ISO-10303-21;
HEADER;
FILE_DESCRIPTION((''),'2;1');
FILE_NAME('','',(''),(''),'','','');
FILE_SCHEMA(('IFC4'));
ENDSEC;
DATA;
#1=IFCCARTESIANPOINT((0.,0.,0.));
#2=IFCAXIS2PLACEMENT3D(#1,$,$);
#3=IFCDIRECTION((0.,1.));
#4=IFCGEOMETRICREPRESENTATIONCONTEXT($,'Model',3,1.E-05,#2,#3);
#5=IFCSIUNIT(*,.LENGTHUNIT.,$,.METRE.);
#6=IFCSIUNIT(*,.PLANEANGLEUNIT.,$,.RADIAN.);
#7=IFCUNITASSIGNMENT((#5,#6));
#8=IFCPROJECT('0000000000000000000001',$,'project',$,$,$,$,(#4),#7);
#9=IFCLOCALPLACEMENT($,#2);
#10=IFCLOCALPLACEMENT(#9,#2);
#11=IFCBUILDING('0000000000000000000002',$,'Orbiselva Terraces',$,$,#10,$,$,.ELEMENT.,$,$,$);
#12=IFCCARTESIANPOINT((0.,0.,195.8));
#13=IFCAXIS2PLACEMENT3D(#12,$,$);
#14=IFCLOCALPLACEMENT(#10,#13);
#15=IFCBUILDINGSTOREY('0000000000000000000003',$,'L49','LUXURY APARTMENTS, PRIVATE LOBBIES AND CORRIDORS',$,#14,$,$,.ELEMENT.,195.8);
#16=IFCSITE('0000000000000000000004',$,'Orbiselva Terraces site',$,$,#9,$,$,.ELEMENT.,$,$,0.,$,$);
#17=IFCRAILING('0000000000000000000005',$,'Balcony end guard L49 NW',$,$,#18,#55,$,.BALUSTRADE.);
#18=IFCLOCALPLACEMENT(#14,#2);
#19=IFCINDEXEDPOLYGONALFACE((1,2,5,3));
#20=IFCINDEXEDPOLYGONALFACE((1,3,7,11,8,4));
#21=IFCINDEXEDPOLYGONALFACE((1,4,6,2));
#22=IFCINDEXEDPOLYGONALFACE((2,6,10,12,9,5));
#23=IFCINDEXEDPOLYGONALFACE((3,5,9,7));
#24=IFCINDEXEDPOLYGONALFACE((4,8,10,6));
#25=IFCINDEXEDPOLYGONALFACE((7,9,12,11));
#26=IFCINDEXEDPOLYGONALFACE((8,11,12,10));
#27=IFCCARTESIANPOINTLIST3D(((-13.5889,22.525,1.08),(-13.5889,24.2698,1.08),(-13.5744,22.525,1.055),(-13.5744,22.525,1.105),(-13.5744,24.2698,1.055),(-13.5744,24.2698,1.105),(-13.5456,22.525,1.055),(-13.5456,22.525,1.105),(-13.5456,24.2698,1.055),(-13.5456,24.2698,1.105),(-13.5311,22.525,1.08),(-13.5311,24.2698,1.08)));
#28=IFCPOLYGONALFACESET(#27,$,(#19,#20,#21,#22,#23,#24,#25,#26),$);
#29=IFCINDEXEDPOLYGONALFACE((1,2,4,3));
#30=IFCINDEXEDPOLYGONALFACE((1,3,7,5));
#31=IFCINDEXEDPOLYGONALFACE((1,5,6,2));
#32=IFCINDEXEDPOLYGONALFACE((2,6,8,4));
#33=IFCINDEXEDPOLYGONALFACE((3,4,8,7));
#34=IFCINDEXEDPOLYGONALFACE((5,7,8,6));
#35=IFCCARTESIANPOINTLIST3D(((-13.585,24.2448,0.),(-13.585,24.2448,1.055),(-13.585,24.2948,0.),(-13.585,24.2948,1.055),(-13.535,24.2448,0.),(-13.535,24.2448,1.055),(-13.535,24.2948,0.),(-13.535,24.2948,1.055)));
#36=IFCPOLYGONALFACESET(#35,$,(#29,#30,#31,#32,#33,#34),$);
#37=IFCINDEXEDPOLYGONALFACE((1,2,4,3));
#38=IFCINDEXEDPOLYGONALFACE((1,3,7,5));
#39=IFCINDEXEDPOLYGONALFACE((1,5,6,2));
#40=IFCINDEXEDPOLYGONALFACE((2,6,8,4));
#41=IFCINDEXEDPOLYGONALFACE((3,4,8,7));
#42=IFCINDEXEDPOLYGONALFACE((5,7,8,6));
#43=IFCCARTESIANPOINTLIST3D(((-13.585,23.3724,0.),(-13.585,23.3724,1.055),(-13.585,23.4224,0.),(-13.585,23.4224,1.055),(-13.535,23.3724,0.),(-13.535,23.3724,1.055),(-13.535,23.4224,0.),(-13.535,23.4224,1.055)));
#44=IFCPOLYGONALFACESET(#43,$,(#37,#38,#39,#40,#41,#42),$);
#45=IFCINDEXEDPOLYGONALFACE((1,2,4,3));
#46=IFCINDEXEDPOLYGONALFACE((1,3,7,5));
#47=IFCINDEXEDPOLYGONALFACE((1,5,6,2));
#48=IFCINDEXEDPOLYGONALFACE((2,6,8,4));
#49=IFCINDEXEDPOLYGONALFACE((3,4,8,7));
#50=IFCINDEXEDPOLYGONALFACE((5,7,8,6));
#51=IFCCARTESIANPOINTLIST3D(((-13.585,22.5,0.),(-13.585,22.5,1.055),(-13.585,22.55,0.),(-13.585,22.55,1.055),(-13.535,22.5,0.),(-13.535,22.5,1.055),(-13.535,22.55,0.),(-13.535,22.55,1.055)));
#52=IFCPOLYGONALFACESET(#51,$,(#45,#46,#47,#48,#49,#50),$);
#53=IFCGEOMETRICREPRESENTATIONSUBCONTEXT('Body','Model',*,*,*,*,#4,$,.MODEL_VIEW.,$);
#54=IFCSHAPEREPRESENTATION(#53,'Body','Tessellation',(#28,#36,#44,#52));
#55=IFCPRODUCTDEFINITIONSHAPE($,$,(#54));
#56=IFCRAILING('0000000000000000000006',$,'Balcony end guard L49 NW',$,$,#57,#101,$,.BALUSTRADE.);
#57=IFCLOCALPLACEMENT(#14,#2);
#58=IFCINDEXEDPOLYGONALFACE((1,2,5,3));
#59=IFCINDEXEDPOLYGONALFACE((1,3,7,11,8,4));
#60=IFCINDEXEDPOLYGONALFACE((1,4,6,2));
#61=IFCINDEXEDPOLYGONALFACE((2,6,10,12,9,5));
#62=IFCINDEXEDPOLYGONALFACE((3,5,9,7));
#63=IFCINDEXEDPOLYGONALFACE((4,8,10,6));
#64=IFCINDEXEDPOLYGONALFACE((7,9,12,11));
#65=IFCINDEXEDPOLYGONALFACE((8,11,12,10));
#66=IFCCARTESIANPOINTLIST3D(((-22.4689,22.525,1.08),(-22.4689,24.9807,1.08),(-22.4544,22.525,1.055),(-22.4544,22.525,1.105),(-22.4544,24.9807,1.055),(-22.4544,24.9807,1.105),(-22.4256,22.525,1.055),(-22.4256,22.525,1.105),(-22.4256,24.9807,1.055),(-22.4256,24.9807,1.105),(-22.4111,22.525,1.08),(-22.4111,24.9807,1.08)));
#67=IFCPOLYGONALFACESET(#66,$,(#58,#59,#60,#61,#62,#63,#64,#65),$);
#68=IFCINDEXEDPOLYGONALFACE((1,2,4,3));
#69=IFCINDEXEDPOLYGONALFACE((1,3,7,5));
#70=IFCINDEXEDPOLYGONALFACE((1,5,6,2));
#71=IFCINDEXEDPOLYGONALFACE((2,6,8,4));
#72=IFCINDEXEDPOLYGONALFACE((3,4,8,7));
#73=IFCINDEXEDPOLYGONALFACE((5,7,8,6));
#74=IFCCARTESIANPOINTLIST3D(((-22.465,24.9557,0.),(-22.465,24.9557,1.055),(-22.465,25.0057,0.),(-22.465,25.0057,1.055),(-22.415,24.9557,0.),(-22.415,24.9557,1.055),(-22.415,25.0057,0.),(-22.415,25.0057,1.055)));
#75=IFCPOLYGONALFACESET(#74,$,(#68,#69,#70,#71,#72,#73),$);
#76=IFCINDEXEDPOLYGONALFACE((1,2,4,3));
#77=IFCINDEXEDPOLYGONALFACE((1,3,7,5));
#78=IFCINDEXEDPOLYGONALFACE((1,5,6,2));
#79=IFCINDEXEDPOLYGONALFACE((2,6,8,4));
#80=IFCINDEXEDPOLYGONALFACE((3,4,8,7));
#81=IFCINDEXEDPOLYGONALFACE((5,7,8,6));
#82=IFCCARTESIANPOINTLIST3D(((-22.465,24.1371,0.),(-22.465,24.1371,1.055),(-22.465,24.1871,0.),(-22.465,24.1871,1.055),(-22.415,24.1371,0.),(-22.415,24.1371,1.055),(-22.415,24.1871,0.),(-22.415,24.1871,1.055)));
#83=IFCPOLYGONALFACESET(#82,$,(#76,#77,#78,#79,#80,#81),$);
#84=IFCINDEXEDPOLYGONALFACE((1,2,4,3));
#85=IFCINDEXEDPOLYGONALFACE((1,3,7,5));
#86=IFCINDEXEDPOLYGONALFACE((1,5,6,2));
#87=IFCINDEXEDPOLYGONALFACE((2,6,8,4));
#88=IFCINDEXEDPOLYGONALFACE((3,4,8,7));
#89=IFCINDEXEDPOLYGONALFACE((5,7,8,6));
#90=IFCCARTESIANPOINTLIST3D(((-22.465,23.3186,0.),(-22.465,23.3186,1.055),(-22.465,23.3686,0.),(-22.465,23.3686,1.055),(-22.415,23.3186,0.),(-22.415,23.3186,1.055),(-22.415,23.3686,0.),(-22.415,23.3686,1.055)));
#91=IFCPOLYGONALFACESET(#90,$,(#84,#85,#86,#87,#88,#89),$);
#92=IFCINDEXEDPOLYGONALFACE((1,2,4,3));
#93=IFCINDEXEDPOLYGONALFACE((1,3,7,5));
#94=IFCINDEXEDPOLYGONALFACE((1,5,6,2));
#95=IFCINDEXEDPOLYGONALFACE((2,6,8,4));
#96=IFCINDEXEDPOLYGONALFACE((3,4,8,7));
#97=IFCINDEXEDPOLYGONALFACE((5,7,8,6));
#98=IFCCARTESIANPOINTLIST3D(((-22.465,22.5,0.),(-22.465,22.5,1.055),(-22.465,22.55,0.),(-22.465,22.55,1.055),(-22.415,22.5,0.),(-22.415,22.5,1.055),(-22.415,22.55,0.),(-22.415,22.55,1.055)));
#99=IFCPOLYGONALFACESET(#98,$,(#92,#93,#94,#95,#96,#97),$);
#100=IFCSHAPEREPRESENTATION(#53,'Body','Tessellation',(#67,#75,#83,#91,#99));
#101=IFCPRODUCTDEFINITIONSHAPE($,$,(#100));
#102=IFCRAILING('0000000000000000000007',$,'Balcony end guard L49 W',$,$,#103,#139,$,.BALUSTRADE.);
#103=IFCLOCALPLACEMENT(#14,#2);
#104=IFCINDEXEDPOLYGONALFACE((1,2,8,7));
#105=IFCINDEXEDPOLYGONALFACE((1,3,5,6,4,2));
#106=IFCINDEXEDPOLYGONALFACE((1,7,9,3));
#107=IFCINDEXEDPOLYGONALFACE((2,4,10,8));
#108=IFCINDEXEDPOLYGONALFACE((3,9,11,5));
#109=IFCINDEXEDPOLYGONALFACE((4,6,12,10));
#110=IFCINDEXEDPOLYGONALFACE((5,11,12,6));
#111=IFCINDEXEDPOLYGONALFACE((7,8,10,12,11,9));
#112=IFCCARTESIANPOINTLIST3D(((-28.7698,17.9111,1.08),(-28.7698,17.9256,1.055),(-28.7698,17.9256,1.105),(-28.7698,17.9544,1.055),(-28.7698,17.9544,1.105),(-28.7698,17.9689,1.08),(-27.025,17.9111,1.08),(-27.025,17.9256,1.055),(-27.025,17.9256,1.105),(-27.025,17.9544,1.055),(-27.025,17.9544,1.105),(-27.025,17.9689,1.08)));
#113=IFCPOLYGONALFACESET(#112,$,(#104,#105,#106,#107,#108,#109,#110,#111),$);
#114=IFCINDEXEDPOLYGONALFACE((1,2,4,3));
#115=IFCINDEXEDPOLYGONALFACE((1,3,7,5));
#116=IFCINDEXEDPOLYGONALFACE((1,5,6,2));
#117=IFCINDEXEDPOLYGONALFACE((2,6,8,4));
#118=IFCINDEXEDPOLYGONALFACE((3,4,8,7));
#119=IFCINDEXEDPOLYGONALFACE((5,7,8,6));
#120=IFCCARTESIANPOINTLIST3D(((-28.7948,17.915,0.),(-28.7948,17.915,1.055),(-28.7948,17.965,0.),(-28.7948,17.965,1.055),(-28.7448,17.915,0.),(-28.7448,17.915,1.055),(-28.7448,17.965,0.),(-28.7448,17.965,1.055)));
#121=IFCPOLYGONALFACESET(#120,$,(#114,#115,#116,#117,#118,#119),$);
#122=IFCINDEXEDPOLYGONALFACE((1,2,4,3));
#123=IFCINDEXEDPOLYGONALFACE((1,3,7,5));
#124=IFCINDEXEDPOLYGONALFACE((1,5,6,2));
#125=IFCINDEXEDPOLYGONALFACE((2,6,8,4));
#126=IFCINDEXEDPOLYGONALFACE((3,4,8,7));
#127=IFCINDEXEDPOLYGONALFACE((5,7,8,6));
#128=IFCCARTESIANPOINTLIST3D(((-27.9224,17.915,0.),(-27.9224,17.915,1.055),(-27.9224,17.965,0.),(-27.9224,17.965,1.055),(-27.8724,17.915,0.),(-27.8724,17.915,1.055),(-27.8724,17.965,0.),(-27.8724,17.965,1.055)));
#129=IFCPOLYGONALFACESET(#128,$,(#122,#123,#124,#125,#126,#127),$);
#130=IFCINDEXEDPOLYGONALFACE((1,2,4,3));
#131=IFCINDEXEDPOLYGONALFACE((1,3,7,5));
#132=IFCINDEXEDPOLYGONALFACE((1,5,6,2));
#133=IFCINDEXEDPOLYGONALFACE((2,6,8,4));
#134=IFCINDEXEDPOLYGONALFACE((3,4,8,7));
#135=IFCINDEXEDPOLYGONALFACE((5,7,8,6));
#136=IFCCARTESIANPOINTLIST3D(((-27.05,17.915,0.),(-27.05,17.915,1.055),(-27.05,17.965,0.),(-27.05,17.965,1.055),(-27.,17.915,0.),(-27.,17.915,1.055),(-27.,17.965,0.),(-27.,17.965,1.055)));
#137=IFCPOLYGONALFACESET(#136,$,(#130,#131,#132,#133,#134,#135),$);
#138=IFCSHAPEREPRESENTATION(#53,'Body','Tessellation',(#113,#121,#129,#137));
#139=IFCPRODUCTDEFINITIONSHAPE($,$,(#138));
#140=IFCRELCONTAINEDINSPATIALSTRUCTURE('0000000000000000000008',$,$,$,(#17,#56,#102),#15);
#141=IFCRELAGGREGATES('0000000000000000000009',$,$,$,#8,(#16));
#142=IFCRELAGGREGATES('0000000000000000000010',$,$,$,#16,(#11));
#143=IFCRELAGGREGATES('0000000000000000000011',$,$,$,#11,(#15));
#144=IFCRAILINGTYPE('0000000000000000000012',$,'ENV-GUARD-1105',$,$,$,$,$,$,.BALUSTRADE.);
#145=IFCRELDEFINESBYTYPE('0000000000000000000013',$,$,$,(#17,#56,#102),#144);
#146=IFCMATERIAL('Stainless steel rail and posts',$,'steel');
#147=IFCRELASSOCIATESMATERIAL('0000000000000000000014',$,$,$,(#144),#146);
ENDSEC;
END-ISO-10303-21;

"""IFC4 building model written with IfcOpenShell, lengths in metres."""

from ifc_helpers import new_model, si_unit, direction, frame, origin, origin_2d, place, context, subcontext, project, spatial, polyline, rectangle, outline, extrude, material, type_object, element, save


model = new_model("IFC4")

# Units and contexts
model_context = context("Model", 3, precision=1e-05, world=origin(), true_north=direction((0.0, 1.0)))
body_context = subcontext(model_context, "Body", "Model", "MODEL_VIEW")
ifc_project = project(units=[si_unit("LENGTHUNIT", "METRE"), si_unit("PLANEANGLEUNIT", "RADIAN")], contexts=[model_context])

# Site, building, storey
site_placement = place(None, origin())
site = spatial("IfcSite", under=ifc_project, at=site_placement, Name="Orbiselva Terraces site", CompositionType="ELEMENT", RefElevation=0.0)
building_placement = place(site_placement, origin())
building = spatial("IfcBuilding", under=site, at=building_placement, Name="Orbiselva Terraces", CompositionType="ELEMENT")
storey_placement = place(building_placement, frame((0.0, 0.0, 195.8)))
storey = spatial("IfcBuildingStorey", under=building, at=storey_placement, Name="L49", Description="LUXURY APARTMENTS, PRIVATE LOBBIES AND CORRIDORS", CompositionType="ELEMENT", Elevation=195.8)

# Railings
ifc_material_1 = material(Name="Stainless steel rail and posts", Category="steel")
railing_type_1 = type_object("IfcRailingType", Name="ENV-GUARD-1105", PredefinedType="BALUSTRADE", material=ifc_material_1)
railing_1_placement = place(storey_placement, frame((-13.56, 24.2698, 0.0)))
element("IfcRailing", 1, at=railing_1_placement, inside=storey, type_object=railing_type_1, Name="Balcony end guard L49 NW", PredefinedType="BALUSTRADE", context=body_context, shape_type="SweptSolid", body=[
    extrude(outline(polyline([(0.0289, 0.0), (0.0144, 0.025), (-0.0144, 0.025), (-0.0289, 0.0), (-0.0144, -0.025), (0.0144, -0.025), (0.0289, 0.0)])), frame((0.0, 0.0, 1.08), z_axis=(0.0, -1.0, 0.0), x_axis=(1.0, 0.0, 0.0)), (0.0, 0.0, 1.0), 1.7448),
    extrude(rectangle(XDim=0.05, YDim=0.05, at=origin_2d()), origin(), (0.0, 0.0, 1.0), 1.055),
    extrude(rectangle(XDim=0.05, YDim=0.05, at=origin_2d()), frame((0.0, -0.8724, 0.0)), (0.0, 0.0, 1.0), 1.055),
    extrude(rectangle(XDim=0.05, YDim=0.05, at=origin_2d()), frame((0.0, -1.7448, 0.0)), (0.0, 0.0, 1.0), 1.055),
])
railing_2_placement = place(storey_placement, frame((-22.44, 24.9807, 0.0)))
element("IfcRailing", 2, at=railing_2_placement, inside=storey, type_object=railing_type_1, Name="Balcony end guard L49 NW", PredefinedType="BALUSTRADE", context=body_context, shape_type="SweptSolid", body=[
    extrude(outline(polyline([(0.0289, 0.0), (0.0144, 0.025), (-0.0144, 0.025), (-0.0289, 0.0), (-0.0144, -0.025), (0.0144, -0.025), (0.0289, 0.0)])), frame((0.0, 0.0, 1.08), z_axis=(0.0, -1.0, 0.0), x_axis=(1.0, 0.0, 0.0)), (0.0, 0.0, 1.0), 2.4557),
    extrude(rectangle(XDim=0.05, YDim=0.05, at=origin_2d()), origin(), (0.0, 0.0, 1.0), 1.055),
    extrude(rectangle(XDim=0.05, YDim=0.05, at=origin_2d()), frame((0.0, -0.8186, 0.0)), (0.0, 0.0, 1.0), 1.055),
    extrude(rectangle(XDim=0.05, YDim=0.05, at=origin_2d()), frame((0.0, -1.6371, 0.0)), (0.0, 0.0, 1.0), 1.055),
    extrude(rectangle(XDim=0.05, YDim=0.05, at=origin_2d()), frame((0.0, -2.4557, 0.0)), (0.0, 0.0, 1.0), 1.055),
])
railing_3_placement = place(storey_placement, frame((-28.7698, 17.94, 0.0)))
element("IfcRailing", 3, at=railing_3_placement, inside=storey, type_object=railing_type_1, Name="Balcony end guard L49 W", PredefinedType="BALUSTRADE", context=body_context, shape_type="SweptSolid", body=[
    extrude(outline(polyline([(0.0289, 0.0), (0.0144, 0.025), (-0.0144, 0.025), (-0.0289, 0.0), (-0.0144, -0.025), (0.0144, -0.025), (0.0289, 0.0)])), frame((0.0, 0.0, 1.08), z_axis=(1.0, 0.0, 0.0), x_axis=(0.0, 1.0, 0.0)), (0.0, 0.0, 1.0), 1.7448),
    extrude(rectangle(XDim=0.05, YDim=0.05, at=origin_2d()), origin(), (0.0, 0.0, 1.0), 1.055),
    extrude(rectangle(XDim=0.05, YDim=0.05, at=origin_2d()), frame((0.8724, 0.0, 0.0)), (0.0, 0.0, 1.0), 1.055),
    extrude(rectangle(XDim=0.05, YDim=0.05, at=origin_2d()), frame((1.7448, 0.0, 0.0)), (0.0, 0.0, 1.0), 1.055),
])

save(model, "model.ifc")
